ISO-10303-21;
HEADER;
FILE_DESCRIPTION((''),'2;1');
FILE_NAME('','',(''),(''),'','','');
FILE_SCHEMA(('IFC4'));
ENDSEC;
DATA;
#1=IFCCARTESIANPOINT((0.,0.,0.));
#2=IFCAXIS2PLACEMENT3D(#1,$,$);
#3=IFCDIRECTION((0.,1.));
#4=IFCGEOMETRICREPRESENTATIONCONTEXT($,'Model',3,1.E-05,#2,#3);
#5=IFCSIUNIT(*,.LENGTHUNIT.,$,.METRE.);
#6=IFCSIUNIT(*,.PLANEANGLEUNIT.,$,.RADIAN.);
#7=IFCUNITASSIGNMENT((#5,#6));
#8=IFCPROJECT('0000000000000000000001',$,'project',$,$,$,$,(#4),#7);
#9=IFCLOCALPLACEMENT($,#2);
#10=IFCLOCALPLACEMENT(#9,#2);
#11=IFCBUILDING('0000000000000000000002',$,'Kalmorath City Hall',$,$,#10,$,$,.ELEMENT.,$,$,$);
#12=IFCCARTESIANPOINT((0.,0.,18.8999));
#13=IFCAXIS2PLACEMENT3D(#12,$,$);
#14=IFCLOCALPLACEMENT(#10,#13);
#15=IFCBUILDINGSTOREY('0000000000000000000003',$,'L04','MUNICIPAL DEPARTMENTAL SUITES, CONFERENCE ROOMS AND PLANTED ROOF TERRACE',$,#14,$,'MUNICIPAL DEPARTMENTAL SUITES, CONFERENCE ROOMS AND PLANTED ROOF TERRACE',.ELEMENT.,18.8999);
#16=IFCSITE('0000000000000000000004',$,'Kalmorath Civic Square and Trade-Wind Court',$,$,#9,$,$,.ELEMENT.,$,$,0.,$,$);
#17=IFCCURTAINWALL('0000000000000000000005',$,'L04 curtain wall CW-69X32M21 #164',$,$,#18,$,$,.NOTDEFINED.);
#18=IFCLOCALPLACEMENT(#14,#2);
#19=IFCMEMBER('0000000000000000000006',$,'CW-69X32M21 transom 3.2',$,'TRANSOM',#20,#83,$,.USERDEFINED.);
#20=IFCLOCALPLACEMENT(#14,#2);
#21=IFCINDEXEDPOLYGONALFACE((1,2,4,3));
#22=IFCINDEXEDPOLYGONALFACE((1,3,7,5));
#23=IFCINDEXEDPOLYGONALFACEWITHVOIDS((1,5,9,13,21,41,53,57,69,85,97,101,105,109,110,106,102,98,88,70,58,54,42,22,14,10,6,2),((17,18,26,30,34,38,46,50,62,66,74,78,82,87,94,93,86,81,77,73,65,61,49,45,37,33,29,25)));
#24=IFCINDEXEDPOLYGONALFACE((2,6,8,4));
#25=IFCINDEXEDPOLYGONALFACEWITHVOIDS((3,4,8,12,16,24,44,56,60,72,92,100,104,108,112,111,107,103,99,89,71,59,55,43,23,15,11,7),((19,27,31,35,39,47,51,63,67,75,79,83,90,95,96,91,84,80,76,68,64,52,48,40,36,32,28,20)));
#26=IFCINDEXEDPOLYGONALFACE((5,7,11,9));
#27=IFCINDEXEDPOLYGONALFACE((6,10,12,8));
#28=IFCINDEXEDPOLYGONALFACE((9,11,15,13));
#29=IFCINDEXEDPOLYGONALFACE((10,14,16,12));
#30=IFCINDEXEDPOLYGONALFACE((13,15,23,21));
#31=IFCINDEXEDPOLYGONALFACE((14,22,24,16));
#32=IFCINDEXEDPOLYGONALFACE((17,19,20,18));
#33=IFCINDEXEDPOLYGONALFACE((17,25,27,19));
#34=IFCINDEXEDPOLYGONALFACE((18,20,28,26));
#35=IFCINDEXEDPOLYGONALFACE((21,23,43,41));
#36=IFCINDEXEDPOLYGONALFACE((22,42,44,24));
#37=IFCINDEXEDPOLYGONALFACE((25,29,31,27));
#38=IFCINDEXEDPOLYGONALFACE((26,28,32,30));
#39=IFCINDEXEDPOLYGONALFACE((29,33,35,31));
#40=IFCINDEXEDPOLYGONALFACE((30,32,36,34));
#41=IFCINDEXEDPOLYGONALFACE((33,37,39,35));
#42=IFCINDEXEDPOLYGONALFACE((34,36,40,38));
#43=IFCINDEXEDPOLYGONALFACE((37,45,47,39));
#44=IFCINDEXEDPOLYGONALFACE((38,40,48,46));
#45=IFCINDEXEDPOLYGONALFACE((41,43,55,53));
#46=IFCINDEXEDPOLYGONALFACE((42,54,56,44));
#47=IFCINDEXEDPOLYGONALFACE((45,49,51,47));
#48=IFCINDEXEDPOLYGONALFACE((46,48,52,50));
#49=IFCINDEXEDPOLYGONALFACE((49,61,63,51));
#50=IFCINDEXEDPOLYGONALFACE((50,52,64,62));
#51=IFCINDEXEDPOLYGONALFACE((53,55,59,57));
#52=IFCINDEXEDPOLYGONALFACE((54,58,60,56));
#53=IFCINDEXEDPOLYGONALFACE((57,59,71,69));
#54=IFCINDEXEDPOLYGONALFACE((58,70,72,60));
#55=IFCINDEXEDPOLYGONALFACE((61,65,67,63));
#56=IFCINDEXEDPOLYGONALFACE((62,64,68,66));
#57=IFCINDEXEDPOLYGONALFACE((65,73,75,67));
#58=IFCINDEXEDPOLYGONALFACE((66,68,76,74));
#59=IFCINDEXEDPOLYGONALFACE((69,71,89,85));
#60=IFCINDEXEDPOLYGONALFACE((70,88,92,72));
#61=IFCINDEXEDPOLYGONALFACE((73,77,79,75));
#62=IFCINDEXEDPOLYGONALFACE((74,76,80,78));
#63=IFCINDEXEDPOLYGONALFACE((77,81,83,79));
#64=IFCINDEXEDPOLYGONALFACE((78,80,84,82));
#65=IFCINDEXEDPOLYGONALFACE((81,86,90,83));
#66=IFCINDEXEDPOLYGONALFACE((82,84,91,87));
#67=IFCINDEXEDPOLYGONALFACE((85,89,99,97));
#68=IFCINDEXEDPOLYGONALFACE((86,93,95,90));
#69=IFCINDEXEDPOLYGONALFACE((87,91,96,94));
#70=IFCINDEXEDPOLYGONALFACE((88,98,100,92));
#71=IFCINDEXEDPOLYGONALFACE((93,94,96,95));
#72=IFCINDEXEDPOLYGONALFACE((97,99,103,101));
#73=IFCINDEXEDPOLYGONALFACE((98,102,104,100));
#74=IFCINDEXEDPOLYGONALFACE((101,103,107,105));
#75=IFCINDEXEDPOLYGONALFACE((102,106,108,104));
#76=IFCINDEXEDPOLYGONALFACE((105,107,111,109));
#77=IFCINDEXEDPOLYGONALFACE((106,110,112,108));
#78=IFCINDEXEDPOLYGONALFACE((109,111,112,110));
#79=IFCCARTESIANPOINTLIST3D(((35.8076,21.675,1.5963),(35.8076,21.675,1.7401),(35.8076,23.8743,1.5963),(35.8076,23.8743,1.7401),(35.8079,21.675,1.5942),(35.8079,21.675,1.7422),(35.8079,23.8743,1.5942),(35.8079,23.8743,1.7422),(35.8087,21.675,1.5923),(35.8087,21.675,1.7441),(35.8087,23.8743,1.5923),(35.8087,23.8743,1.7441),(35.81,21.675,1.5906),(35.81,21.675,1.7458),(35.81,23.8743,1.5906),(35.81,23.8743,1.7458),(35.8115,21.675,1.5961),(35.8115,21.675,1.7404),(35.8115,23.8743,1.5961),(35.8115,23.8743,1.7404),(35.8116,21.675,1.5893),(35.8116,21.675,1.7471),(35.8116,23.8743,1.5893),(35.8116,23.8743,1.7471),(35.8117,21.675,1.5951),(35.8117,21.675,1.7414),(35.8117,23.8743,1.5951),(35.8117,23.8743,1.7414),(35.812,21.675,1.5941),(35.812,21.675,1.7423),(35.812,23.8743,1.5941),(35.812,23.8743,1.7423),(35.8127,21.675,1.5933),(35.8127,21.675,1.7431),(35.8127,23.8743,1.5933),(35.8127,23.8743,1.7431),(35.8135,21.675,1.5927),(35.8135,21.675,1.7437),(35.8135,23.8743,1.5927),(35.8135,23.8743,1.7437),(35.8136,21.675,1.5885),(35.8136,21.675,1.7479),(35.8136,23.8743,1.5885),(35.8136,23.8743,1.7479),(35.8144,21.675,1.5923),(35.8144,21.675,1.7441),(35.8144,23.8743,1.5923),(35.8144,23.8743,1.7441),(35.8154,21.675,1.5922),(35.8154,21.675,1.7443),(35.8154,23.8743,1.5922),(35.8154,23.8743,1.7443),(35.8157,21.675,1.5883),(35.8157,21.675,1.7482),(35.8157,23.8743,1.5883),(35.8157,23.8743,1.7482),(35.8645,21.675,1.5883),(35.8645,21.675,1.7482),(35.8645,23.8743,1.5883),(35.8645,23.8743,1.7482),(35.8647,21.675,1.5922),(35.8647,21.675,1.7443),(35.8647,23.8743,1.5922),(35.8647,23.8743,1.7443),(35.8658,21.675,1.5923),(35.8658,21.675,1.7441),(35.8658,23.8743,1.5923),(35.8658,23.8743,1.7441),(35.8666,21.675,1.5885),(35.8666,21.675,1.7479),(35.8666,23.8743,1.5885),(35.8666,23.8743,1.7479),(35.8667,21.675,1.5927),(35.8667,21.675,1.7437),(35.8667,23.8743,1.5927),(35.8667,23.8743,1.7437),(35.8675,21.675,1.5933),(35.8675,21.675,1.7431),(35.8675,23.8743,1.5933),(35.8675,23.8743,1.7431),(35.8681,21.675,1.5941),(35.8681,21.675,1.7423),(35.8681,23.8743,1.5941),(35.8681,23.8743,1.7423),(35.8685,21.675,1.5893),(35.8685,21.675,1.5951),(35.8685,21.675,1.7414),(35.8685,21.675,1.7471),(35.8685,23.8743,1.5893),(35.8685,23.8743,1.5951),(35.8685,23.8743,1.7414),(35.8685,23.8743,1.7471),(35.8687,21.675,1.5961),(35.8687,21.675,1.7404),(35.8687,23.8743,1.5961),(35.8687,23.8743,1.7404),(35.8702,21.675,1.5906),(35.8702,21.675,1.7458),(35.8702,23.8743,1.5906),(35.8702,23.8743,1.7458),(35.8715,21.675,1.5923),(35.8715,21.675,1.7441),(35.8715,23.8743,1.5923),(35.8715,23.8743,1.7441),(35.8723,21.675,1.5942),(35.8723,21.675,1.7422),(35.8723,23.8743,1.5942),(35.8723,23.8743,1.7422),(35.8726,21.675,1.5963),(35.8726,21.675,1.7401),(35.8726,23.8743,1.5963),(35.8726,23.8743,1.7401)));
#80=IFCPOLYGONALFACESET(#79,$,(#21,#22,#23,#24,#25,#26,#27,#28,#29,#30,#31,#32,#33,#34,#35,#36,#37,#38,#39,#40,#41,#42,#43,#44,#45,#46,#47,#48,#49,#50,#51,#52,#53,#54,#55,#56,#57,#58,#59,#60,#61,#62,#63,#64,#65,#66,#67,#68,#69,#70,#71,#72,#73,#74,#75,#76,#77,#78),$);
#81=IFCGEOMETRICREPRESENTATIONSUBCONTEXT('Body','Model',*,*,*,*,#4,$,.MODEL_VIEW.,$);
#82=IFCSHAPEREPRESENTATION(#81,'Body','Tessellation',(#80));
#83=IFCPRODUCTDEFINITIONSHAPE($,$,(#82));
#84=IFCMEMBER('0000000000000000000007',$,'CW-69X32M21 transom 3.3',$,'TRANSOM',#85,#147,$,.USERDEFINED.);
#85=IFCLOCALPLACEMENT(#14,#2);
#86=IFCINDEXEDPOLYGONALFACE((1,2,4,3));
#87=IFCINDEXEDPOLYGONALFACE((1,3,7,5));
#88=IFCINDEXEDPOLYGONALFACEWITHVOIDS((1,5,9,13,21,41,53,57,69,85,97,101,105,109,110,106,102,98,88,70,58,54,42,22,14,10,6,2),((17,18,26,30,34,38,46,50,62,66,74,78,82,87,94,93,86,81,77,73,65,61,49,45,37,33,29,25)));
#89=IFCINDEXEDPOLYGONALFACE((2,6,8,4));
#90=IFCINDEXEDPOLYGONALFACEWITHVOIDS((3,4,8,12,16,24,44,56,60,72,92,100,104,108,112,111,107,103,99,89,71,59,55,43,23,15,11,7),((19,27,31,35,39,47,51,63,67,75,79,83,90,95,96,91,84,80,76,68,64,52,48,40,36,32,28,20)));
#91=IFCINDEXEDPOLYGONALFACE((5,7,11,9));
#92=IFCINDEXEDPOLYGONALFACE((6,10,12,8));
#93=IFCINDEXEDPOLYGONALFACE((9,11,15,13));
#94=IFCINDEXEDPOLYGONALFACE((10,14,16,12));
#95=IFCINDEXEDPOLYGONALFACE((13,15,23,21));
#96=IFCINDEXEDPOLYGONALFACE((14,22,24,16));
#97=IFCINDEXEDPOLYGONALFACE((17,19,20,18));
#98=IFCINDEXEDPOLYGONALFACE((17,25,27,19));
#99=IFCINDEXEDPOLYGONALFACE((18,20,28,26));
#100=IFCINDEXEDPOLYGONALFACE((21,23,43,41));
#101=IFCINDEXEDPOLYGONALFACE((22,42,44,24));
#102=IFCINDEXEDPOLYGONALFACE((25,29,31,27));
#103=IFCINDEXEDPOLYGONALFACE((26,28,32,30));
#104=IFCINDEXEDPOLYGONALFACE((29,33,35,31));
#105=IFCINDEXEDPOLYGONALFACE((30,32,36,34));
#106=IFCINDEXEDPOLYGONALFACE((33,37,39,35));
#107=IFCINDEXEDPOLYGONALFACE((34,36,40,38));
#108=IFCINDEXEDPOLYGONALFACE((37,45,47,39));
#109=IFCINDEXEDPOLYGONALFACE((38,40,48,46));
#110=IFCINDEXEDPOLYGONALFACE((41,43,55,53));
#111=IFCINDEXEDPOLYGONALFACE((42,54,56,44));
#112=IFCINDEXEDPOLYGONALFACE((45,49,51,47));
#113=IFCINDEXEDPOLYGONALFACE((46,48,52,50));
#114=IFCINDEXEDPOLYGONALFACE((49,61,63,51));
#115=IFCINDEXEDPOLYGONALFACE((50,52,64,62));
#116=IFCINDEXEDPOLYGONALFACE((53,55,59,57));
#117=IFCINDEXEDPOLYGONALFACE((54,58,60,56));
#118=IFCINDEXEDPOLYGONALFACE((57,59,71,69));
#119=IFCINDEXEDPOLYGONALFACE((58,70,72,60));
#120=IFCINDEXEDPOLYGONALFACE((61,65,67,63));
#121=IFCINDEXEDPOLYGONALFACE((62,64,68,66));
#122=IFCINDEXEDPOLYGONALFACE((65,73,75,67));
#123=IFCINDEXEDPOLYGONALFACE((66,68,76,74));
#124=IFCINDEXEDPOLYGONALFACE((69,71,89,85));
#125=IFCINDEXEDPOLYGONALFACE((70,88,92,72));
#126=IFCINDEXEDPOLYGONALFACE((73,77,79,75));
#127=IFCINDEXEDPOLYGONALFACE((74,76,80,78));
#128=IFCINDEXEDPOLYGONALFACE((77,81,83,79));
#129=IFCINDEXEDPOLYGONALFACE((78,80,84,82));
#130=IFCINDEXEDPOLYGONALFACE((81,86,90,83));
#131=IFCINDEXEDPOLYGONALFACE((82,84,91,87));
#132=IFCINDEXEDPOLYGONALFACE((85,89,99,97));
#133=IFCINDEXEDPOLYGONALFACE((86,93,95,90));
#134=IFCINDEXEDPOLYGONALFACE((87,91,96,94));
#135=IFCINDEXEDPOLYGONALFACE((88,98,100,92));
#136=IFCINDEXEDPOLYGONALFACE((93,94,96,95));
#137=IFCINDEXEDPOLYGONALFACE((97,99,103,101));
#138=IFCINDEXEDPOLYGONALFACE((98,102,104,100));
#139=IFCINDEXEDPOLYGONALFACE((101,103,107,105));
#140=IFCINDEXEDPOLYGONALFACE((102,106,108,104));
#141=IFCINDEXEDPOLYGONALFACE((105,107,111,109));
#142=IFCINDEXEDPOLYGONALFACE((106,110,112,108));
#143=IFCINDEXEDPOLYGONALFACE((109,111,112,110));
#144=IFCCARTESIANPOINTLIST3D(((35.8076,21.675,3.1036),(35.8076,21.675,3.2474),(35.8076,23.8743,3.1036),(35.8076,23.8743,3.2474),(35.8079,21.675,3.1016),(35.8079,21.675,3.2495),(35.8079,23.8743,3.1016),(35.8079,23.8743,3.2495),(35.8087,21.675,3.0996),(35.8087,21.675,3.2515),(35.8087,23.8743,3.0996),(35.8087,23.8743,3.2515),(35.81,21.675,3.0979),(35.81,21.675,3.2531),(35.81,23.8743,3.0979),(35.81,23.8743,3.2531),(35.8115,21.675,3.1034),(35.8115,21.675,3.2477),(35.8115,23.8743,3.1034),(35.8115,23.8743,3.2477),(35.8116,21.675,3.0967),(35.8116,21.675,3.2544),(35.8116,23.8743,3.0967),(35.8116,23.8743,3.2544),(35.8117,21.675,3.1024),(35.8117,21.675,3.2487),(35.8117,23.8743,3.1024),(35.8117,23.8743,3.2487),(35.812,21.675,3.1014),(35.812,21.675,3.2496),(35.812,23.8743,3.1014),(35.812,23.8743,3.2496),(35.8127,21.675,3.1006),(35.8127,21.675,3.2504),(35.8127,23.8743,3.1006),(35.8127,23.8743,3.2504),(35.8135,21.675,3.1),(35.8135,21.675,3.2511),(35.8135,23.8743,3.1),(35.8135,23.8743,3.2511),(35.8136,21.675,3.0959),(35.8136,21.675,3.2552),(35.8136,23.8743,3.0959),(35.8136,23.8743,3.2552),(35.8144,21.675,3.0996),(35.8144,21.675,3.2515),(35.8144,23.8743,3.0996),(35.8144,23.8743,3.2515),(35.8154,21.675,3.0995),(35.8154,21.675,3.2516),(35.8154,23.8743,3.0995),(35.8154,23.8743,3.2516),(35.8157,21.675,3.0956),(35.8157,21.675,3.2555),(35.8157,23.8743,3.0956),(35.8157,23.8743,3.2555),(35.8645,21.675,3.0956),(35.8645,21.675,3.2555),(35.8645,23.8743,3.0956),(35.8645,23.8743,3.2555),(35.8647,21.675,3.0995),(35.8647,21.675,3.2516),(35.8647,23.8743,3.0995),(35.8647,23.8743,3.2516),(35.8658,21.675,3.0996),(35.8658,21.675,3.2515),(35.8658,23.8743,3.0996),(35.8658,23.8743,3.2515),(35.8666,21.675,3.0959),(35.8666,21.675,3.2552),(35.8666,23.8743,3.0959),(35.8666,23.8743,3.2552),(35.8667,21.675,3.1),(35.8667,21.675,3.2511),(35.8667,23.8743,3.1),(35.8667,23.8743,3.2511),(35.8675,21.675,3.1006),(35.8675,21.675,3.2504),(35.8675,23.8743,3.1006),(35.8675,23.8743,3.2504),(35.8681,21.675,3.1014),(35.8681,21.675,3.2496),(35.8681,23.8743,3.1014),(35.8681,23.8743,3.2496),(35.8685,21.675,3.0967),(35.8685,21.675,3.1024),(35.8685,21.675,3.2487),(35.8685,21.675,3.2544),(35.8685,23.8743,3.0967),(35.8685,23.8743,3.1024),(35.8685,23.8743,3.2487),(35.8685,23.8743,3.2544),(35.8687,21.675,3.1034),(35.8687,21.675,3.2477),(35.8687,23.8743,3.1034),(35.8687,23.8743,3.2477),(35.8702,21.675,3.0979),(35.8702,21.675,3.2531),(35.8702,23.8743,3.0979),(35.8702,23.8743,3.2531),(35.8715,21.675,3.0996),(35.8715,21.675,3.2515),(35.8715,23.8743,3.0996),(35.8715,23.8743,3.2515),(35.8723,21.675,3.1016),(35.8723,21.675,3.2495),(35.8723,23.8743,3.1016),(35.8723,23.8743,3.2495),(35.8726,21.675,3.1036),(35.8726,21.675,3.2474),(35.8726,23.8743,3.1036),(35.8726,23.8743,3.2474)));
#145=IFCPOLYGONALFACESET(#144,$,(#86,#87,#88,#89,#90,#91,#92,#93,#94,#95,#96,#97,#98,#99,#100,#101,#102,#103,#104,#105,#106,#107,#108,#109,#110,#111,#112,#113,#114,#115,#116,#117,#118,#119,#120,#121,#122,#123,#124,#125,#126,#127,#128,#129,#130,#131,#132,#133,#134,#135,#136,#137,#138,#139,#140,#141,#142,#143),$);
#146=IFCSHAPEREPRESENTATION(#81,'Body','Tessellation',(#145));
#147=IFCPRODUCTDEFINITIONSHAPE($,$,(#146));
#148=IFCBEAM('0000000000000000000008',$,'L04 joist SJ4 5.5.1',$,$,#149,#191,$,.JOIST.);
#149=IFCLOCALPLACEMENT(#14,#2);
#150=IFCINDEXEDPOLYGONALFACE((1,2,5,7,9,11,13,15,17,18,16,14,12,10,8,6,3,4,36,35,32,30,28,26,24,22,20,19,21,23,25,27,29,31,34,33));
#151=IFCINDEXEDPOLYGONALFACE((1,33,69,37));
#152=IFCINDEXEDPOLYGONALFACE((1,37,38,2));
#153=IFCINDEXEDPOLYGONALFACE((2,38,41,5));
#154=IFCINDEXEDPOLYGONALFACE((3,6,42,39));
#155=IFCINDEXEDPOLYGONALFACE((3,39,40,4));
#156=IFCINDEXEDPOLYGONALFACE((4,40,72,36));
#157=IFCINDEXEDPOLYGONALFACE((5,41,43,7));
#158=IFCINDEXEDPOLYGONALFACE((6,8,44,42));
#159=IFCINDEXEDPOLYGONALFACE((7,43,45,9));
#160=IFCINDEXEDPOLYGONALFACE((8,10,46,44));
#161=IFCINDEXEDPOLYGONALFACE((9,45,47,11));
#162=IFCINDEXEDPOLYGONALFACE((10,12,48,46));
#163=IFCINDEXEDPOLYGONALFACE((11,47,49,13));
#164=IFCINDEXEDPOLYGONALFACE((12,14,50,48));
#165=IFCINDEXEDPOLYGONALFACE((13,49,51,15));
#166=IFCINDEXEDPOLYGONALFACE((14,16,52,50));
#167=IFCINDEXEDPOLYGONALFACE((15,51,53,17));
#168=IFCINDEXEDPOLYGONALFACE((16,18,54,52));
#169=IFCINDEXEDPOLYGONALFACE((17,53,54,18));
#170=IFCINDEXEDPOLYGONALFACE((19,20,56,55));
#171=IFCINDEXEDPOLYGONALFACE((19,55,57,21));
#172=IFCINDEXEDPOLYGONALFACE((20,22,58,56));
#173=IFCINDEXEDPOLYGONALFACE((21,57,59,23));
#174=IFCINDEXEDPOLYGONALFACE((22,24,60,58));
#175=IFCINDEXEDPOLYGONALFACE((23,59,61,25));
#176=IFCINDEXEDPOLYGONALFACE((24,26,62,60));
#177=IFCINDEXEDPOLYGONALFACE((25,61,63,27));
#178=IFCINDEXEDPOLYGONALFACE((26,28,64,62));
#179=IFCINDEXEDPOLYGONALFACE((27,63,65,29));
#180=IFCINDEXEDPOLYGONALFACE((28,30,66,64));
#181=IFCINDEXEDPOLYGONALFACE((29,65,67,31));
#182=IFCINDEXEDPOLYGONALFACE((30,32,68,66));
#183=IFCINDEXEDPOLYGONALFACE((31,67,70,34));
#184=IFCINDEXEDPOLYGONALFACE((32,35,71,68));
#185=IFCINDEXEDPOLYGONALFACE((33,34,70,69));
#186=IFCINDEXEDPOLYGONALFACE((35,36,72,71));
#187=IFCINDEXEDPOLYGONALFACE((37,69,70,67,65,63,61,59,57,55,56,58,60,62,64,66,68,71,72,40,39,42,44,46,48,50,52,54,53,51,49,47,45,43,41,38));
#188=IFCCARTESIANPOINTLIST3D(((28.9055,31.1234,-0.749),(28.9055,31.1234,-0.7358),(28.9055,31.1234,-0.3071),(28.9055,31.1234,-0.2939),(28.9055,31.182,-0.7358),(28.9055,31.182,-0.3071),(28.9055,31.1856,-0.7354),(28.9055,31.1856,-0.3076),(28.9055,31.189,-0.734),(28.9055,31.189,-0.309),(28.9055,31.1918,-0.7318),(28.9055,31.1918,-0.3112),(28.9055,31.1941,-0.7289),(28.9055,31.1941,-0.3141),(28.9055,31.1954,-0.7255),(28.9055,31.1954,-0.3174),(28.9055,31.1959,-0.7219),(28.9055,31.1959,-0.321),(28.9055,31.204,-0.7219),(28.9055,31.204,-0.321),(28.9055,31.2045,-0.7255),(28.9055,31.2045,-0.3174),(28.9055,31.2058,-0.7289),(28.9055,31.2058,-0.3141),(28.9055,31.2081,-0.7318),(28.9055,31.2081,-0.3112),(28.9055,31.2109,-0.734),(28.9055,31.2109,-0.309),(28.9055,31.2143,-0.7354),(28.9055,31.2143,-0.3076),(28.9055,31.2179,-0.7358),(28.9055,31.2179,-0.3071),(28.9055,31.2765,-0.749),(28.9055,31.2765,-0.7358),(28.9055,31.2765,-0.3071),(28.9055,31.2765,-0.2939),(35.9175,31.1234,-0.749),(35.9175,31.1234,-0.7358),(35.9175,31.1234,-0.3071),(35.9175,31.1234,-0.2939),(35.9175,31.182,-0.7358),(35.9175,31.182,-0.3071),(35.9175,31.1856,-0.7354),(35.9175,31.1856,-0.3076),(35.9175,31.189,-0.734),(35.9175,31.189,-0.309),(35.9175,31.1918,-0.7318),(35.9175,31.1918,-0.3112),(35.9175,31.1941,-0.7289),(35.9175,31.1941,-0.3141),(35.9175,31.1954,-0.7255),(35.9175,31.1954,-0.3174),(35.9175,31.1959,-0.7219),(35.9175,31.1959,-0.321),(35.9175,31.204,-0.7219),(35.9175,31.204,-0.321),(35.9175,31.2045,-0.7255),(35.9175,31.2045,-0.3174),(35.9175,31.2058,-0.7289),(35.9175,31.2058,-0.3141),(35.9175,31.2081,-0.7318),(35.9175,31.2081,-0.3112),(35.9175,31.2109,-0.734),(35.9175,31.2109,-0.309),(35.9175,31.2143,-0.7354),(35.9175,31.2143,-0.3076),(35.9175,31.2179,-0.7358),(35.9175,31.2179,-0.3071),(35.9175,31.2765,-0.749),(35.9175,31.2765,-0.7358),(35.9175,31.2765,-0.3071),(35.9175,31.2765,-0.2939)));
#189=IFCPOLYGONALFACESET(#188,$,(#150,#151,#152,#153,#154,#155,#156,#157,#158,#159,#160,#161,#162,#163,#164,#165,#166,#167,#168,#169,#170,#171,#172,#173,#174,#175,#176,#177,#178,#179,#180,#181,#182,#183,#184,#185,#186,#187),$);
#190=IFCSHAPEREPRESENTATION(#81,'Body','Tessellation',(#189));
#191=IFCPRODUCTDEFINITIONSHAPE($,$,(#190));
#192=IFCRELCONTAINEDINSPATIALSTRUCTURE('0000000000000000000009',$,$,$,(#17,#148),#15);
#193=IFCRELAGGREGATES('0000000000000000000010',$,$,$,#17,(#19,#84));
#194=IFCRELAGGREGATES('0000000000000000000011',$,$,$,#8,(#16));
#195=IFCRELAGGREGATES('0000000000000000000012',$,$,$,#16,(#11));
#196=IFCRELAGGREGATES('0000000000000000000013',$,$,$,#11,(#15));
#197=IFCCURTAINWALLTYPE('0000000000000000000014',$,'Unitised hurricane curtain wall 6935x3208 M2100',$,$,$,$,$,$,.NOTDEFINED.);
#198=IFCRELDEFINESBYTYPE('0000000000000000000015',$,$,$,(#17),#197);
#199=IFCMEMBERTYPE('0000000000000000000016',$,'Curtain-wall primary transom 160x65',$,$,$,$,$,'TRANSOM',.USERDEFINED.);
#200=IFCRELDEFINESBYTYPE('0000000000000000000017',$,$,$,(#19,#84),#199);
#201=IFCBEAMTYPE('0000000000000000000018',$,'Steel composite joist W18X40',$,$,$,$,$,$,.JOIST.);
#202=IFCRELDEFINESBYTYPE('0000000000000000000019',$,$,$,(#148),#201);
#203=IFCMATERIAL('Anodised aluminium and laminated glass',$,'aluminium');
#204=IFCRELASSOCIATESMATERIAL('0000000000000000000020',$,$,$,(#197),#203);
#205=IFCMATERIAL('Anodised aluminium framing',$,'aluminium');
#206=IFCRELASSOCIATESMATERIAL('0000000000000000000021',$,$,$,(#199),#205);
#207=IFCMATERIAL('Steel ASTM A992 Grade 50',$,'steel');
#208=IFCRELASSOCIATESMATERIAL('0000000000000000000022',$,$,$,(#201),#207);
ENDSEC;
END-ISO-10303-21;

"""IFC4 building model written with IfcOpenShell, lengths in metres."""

from ifc_helpers import new_model, si_unit, direction, frame, origin, origin_2d, place, context, subcontext, project, spatial, hollow_rectangle, i_section, extrude, material, material_profile, profile_set, type_object, element, aggregate, save


model = new_model("IFC4")

# Units and contexts
model_context = context("Model", 3, precision=1e-05, world=origin(), true_north=direction((0.0, 1.0)))
body_context = subcontext(model_context, "Body", "Model", "MODEL_VIEW")
ifc_project = project(units=[si_unit("LENGTHUNIT", "METRE"), si_unit("PLANEANGLEUNIT", "RADIAN")], contexts=[model_context])

# Site, building, storey
site_placement = place(None, origin())
site = spatial("IfcSite", under=ifc_project, at=site_placement, Name="Kalmorath Civic Square and Trade-Wind Court", CompositionType="ELEMENT", RefElevation=0.0)
building_placement = place(site_placement, origin())
building = spatial("IfcBuilding", under=site, at=building_placement, Name="Kalmorath City Hall", CompositionType="ELEMENT")
storey_placement = place(building_placement, frame((0.0, 0.0, 18.8999)))
storey = spatial("IfcBuildingStorey", under=building, at=storey_placement, Name="L04", Description="MUNICIPAL DEPARTMENTAL SUITES, CONFERENCE ROOMS AND PLANTED ROOF TERRACE", LongName="MUNICIPAL DEPARTMENTAL SUITES, CONFERENCE ROOMS AND PLANTED ROOF TERRACE", CompositionType="ELEMENT", Elevation=18.8999)

# Curtain wall, members
ifc_material_1 = material(Name="Anodised aluminium and laminated glass", Category="aluminium")
curtain_wall_type = type_object("IfcCurtainWallType", Name="Unitised hurricane curtain wall 6935x3208 M2100", PredefinedType="NOTDEFINED", material=ifc_material_1)
curtain_wall_placement = place(storey_placement, origin())
curtain_wall = element("IfcCurtainWall", 1, at=curtain_wall_placement, inside=storey, type_object=curtain_wall_type, Name="L04 curtain wall CW-69X32M21 #164", PredefinedType="NOTDEFINED")
ifc_material_2 = material(Name="Anodised aluminium framing", Category="aluminium")
ifc_material_profile_1 = material_profile(ifc_material_2, hollow_rectangle(XDim=0.0649, YDim=0.1599, WallThickness=0.0039, InnerFilletRadius=0.0039, OuterFilletRadius=0.0081, at=origin_2d()), Name="ALU-TRN-160X65X4")
ifc_profile_set_1 = profile_set([ifc_material_profile_1], Name="Anodised aluminium framing")
member_type_1 = type_object("IfcMemberType", Name="Curtain-wall primary transom 160x65", ElementType="TRANSOM", PredefinedType="USERDEFINED", material=ifc_profile_set_1)
member_1_placement = place(storey_placement, frame((35.8401, 23.8743, 1.6682), z_axis=(0.0, -1.0, 0.0), x_axis=(1.0, 0.0, 0.0)))
member_1 = element("IfcMember", 2, at=member_1_placement, type_object=member_type_1, Name="CW-69X32M21 transom 3.2", ObjectType="TRANSOM", PredefinedType="USERDEFINED", context=body_context, shape_type="SweptSolid", body=[
    extrude(hollow_rectangle(XDim=0.0649, YDim=0.1599, WallThickness=0.0039, InnerFilletRadius=0.0039, OuterFilletRadius=0.0081, at=origin_2d()), origin(), (0.0, 0.0, 1.0), 2.1992),
])
member_2_placement = place(storey_placement, frame((35.8401, 23.8743, 3.1755), z_axis=(0.0, -1.0, 0.0), x_axis=(1.0, 0.0, 0.0)))
member_2 = element("IfcMember", 3, at=member_2_placement, type_object=member_type_1, Name="CW-69X32M21 transom 3.3", ObjectType="TRANSOM", PredefinedType="USERDEFINED", context=body_context, shape_type="SweptSolid", body=[
    extrude(hollow_rectangle(XDim=0.0649, YDim=0.1599, WallThickness=0.0039, InnerFilletRadius=0.0039, OuterFilletRadius=0.0081, at=origin_2d()), origin(), (0.0, 0.0, 1.0), 2.1992),
])

# Beam
ifc_material_3 = material(Name="Steel ASTM A992 Grade 50", Category="steel")
ifc_material_profile_2 = material_profile(ifc_material_3, i_section(OverallWidth=0.1531, OverallDepth=0.4551, WebThickness=0.0081, FlangeThickness=0.0132, FilletRadius=0.0139, at=origin_2d()), Name="W18X40")
ifc_profile_set_2 = profile_set([ifc_material_profile_2], Name="Steel ASTM A992 Grade 50")
beam_type_1 = type_object("IfcBeamType", Name="Steel composite joist W18X40", PredefinedType="JOIST", material=ifc_profile_set_2)
for number, where, z_axis, x_axis, name in (
    (4, (28.9055, 31.2, -0.5215), (1.0, 0.0, 0.0), (0.0, 1.0, 0.0), "L04 joist SJ4 5.5.1"),
):
    element("IfcBeam", number, at=place(storey_placement, frame(where, z_axis=z_axis, x_axis=x_axis)), inside=storey, type_object=beam_type_1, Name=name, PredefinedType="JOIST", context=body_context, shape_type="SweptSolid", body=[
        extrude(i_section(OverallWidth=0.1531, OverallDepth=0.4551, WebThickness=0.0081, FlangeThickness=0.0132, FilletRadius=0.0139, at=origin_2d()), origin(), (0.0, 0.0, 1.0), 7.012),
    ])

aggregate(curtain_wall, [member_1, member_2])

save(model, "model.ifc")
